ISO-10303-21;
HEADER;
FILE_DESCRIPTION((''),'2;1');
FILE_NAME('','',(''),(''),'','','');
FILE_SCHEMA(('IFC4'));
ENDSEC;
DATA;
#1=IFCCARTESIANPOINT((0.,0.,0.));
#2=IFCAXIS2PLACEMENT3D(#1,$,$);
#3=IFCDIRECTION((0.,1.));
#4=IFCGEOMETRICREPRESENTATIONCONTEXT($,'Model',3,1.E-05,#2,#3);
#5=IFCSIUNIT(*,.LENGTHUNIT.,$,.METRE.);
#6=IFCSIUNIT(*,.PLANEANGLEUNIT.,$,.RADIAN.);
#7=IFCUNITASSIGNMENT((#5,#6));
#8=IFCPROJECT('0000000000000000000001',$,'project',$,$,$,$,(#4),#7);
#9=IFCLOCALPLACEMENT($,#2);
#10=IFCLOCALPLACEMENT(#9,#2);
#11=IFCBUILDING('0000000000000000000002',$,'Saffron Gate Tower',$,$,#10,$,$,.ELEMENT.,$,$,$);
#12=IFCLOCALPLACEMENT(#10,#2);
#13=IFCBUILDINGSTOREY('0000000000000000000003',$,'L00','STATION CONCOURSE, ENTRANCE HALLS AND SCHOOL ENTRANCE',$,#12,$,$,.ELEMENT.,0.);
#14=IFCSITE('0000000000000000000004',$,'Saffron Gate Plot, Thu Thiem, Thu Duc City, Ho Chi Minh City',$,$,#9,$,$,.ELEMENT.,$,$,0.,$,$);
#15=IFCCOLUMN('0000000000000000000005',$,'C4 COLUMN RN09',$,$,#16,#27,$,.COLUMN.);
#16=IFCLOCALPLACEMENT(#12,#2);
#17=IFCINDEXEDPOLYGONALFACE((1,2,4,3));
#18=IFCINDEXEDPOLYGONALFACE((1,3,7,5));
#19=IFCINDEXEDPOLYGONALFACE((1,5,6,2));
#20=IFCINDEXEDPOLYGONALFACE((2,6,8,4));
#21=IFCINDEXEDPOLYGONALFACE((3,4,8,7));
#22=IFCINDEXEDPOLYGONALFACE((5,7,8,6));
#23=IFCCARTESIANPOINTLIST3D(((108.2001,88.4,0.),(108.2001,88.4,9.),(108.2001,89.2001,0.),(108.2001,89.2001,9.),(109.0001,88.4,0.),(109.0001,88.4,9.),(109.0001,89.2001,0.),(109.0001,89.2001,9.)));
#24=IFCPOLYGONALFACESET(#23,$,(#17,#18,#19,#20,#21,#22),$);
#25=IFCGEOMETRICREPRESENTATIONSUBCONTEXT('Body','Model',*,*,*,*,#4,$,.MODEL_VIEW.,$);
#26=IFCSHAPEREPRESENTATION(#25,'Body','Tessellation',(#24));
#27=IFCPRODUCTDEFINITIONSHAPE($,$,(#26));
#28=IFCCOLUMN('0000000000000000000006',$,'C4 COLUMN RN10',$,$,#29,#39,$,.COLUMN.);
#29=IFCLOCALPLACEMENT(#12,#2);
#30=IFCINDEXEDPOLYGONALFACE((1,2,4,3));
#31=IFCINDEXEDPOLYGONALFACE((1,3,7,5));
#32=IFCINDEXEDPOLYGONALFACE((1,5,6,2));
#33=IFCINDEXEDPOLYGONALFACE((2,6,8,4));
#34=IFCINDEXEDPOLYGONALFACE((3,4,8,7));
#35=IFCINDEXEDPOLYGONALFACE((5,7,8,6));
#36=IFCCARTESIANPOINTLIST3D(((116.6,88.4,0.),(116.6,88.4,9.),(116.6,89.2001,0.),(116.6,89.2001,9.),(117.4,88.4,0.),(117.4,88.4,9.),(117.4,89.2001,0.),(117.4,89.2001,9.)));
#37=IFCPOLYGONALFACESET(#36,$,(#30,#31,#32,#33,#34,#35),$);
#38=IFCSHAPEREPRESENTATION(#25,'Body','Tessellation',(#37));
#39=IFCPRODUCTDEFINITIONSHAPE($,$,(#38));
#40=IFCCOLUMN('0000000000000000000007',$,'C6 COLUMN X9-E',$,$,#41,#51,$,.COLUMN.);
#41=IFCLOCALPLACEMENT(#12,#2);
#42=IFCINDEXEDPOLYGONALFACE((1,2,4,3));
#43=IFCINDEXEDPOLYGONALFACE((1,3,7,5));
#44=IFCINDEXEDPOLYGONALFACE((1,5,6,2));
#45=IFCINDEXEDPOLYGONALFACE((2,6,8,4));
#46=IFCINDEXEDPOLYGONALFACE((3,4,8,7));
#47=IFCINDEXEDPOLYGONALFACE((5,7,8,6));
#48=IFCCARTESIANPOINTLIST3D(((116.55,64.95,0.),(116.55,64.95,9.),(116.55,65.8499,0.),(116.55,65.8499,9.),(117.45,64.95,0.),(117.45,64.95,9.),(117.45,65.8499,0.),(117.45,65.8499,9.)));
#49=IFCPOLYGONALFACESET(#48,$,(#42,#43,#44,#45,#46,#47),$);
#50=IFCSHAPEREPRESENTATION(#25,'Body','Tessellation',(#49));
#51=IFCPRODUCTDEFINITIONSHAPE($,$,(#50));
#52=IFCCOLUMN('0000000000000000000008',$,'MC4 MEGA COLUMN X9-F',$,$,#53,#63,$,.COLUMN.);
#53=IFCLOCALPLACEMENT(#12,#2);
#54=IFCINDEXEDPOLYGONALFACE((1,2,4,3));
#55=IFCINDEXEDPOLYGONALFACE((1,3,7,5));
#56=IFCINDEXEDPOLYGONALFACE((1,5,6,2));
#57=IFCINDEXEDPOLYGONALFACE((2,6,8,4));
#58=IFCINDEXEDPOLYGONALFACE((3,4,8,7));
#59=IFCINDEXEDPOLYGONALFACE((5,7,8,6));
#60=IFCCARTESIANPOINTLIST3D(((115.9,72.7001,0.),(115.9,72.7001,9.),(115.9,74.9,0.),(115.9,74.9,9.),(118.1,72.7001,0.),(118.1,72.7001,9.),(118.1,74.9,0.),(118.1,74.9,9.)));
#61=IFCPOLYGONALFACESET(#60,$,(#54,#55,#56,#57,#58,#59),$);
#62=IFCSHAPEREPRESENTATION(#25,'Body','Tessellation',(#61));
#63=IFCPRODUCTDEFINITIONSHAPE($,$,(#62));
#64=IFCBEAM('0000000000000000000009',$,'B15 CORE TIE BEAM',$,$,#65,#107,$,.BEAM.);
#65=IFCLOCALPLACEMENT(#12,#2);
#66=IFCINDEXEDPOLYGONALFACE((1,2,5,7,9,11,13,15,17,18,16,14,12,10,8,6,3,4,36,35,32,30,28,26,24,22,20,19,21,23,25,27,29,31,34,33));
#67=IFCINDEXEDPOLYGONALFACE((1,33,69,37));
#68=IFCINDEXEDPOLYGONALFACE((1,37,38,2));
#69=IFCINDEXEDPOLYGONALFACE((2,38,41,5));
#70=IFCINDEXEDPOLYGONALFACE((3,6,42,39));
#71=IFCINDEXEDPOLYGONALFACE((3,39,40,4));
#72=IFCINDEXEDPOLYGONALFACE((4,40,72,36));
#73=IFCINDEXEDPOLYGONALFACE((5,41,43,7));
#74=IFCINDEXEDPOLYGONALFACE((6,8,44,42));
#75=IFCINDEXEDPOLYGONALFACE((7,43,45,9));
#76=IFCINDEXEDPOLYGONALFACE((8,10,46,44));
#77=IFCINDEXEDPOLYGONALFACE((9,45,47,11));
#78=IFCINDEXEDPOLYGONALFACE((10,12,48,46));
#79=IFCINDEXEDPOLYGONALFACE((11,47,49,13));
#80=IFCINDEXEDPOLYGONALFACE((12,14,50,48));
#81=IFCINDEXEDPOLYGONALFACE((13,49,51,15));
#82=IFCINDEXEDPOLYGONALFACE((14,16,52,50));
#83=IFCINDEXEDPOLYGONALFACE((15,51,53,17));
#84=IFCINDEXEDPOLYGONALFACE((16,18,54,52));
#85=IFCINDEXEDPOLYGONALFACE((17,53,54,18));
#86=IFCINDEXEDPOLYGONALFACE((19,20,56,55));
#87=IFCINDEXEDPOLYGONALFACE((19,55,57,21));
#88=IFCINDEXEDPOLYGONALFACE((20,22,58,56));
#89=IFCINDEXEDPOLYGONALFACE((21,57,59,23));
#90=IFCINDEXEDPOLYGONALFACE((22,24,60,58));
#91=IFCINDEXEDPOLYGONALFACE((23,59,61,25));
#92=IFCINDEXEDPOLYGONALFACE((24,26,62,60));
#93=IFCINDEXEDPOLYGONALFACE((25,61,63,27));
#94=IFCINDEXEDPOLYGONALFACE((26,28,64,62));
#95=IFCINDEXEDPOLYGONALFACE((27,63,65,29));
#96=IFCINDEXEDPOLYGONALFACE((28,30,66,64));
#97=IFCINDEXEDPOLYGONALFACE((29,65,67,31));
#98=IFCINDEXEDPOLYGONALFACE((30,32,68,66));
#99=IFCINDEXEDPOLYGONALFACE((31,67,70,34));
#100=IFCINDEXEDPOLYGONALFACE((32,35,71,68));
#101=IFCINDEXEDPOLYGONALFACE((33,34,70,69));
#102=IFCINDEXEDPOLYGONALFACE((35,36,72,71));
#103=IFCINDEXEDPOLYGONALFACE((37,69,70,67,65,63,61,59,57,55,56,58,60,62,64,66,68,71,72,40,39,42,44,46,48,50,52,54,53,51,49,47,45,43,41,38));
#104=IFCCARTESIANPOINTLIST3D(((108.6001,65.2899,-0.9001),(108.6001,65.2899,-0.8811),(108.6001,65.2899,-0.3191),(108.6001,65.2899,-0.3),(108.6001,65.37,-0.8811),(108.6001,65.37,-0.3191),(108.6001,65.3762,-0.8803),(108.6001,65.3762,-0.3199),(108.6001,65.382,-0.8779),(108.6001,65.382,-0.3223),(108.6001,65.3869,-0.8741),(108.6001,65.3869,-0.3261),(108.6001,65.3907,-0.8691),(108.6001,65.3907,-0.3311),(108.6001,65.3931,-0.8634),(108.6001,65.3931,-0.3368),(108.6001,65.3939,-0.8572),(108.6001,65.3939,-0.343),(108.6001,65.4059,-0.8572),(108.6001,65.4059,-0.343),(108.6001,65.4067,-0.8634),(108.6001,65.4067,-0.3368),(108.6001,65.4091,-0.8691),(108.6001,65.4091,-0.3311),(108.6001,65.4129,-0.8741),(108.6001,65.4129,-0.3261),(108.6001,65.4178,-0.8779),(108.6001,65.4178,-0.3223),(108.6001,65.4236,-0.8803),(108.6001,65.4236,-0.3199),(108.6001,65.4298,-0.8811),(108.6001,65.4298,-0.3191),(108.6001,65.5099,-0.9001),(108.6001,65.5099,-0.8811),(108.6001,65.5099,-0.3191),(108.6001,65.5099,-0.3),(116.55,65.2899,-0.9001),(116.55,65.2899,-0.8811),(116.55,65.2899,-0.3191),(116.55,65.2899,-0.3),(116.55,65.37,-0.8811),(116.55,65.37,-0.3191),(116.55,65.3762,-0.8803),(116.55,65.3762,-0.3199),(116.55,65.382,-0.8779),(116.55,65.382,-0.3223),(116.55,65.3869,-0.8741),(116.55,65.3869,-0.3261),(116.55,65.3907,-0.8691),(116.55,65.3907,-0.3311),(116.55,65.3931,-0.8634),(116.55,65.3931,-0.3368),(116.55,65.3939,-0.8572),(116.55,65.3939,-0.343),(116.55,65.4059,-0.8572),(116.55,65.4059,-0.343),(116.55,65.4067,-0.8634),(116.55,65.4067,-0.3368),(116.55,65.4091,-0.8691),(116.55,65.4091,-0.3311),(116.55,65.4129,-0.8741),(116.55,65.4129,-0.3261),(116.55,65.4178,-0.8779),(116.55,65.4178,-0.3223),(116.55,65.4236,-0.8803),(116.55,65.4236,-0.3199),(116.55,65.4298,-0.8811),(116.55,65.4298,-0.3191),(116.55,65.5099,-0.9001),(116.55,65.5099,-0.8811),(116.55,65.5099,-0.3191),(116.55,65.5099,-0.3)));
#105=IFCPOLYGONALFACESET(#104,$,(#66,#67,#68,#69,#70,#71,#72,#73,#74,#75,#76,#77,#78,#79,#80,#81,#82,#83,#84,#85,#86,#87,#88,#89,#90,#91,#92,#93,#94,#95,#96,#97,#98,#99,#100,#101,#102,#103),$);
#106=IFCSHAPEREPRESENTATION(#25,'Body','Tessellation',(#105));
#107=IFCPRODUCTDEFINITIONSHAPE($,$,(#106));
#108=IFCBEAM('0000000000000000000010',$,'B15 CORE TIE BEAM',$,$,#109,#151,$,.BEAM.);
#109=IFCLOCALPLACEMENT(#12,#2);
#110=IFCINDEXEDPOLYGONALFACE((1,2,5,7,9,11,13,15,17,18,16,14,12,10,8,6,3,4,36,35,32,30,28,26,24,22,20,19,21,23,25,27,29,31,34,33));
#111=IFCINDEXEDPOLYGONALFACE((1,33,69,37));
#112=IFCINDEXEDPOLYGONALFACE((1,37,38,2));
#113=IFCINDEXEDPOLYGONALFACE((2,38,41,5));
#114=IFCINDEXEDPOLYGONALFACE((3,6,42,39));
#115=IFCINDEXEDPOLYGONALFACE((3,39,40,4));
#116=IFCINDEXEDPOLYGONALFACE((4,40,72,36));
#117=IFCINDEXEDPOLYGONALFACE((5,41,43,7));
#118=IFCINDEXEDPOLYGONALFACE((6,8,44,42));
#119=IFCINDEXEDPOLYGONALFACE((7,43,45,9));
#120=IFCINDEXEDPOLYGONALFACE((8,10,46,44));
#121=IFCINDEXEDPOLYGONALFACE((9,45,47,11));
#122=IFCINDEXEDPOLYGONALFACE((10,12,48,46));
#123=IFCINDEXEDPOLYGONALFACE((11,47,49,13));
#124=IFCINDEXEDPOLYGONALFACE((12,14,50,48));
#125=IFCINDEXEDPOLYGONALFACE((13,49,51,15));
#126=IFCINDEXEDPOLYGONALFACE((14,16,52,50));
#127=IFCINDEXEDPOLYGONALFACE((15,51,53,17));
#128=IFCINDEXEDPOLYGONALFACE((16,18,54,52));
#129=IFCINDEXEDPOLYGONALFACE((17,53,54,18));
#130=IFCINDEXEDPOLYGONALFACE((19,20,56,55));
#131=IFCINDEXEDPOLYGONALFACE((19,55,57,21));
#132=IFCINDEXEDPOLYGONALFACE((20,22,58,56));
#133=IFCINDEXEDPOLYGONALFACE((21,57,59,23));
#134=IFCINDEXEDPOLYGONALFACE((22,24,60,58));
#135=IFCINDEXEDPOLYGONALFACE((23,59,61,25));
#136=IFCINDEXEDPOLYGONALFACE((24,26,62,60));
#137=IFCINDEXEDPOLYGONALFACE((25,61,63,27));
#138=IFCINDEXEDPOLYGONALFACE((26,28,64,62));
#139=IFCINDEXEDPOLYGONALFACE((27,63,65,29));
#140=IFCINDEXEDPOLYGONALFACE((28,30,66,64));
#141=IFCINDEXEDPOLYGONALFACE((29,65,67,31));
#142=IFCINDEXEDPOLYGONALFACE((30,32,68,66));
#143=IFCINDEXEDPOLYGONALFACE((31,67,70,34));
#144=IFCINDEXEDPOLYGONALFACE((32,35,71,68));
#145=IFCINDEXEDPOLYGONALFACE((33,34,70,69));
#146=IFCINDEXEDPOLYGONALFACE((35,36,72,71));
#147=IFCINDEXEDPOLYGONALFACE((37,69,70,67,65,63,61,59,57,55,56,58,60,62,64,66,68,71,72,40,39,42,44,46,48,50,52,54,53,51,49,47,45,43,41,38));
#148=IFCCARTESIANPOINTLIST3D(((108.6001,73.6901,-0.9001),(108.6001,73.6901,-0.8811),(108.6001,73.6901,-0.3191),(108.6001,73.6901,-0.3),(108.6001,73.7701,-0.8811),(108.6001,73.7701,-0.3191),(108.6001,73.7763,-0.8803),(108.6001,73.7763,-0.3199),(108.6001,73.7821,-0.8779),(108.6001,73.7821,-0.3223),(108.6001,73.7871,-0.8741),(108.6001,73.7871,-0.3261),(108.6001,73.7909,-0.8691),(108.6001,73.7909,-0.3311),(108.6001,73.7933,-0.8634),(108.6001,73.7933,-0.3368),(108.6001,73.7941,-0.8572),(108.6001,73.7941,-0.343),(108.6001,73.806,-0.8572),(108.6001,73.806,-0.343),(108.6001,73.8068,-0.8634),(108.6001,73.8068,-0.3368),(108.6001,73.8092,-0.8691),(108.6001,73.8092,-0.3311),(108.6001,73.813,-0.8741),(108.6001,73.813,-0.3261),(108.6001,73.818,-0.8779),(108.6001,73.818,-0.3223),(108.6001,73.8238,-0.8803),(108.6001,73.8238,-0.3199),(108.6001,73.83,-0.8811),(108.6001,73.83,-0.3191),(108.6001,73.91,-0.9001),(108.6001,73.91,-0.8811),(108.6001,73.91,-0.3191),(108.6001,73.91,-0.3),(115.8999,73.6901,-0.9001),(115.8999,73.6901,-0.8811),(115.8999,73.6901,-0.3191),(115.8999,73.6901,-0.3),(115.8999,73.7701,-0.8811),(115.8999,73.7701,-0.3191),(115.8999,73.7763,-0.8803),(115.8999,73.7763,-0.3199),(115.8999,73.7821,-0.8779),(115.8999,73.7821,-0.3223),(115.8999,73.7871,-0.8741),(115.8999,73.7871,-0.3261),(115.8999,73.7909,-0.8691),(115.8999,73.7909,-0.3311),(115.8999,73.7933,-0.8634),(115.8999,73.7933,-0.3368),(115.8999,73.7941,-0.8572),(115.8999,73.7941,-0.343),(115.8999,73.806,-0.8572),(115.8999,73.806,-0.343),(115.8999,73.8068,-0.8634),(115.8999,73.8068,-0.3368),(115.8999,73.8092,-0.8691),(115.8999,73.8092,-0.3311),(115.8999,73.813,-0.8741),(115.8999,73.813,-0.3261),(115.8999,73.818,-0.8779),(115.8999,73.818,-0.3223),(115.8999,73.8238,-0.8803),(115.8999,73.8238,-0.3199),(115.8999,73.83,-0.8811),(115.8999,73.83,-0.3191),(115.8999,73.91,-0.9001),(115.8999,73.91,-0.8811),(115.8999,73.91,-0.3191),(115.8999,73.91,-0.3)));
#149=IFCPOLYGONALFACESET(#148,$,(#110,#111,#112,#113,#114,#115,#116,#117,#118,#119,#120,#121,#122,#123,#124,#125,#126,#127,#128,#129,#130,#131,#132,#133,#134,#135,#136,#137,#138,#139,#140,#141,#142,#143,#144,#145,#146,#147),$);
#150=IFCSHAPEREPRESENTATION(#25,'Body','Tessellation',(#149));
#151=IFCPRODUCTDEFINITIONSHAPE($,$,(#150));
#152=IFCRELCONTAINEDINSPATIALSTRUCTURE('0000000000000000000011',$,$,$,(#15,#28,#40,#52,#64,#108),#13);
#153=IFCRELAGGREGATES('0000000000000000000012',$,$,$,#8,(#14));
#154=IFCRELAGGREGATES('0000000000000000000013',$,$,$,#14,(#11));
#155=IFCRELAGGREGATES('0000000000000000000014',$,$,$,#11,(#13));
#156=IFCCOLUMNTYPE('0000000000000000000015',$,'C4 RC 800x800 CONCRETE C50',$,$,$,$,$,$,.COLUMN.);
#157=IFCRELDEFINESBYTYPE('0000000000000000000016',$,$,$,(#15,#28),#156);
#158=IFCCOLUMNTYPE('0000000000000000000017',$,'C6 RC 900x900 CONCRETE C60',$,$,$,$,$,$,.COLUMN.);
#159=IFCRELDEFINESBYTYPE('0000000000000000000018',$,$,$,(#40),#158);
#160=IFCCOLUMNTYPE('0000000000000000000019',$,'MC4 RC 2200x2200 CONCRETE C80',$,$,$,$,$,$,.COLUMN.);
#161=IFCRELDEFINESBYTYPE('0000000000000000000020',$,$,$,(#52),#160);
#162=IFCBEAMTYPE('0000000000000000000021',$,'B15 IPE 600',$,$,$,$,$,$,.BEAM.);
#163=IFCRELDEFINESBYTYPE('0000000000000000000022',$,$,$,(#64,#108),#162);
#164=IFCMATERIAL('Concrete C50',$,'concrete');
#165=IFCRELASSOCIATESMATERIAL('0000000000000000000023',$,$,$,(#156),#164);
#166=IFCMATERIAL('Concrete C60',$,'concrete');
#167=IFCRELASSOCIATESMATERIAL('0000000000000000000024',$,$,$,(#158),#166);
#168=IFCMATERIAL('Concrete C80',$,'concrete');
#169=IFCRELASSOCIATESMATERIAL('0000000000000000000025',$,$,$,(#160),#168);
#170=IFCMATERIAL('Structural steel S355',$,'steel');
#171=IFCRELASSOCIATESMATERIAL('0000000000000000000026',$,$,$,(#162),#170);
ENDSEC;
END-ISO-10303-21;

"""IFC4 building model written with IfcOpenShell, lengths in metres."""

from ifc_helpers import new_model, si_unit, direction, frame, origin, origin_2d, place, context, subcontext, project, spatial, rectangle, i_section, extrude, material, material_profile, profile_set, type_object, element, save


model = new_model("IFC4")

# Units and contexts
model_context = context("Model", 3, precision=1e-05, world=origin(), true_north=direction((0.0, 1.0)))
body_context = subcontext(model_context, "Body", "Model", "MODEL_VIEW")
ifc_project = project(units=[si_unit("LENGTHUNIT", "METRE"), si_unit("PLANEANGLEUNIT", "RADIAN")], contexts=[model_context])

# Site, building, storey
site_placement = place(None, origin())
site = spatial("IfcSite", under=ifc_project, at=site_placement, Name="Saffron Gate Plot, Thu Thiem, Thu Duc City, Ho Chi Minh City", CompositionType="ELEMENT", RefElevation=0.0)
building_placement = place(site_placement, origin())
building = spatial("IfcBuilding", under=site, at=building_placement, Name="Saffron Gate Tower", CompositionType="ELEMENT")
storey_placement = place(building_placement, origin())
storey = spatial("IfcBuildingStorey", under=building, at=storey_placement, Name="L00", Description="STATION CONCOURSE, ENTRANCE HALLS AND SCHOOL ENTRANCE", CompositionType="ELEMENT", Elevation=0.0)

# Columns
ifc_material_1 = material(Name="Concrete C50", Category="concrete")
ifc_material_profile_1 = material_profile(ifc_material_1, rectangle(XDim=0.8, YDim=0.8, at=origin_2d()))
ifc_profile_set_1 = profile_set([ifc_material_profile_1], Name="Concrete C50")
column_type_1 = type_object("IfcColumnType", Name="C4 RC 800x800 CONCRETE C50", PredefinedType="COLUMN", material=ifc_profile_set_1)
for number, where, z_axis, x_axis, name in (
    (1, (108.6001, 88.8, 0.0), (0.0, 0.0, 1.0), (1.0, 0.0, 0.0), "C4 COLUMN RN09"),
    (2, (117.0, 88.8, 0.0), (0.0, 0.0, 1.0), (1.0, 0.0, 0.0), "C4 COLUMN RN10"),
):
    element("IfcColumn", number, at=place(storey_placement, frame(where, z_axis=z_axis, x_axis=x_axis)), inside=storey, type_object=column_type_1, Name=name, PredefinedType="COLUMN", context=body_context, shape_type="SweptSolid", body=[
        extrude(rectangle(XDim=0.8, YDim=0.8, at=origin_2d()), origin(), (0.0, 0.0, 1.0), 9.0),
    ])
ifc_material_2 = material(Name="Concrete C60", Category="concrete")
ifc_material_profile_2 = material_profile(ifc_material_2, rectangle(XDim=0.8999, YDim=0.8999, at=origin_2d()))
ifc_profile_set_2 = profile_set([ifc_material_profile_2], Name="Concrete C60")
column_type_2 = type_object("IfcColumnType", Name="C6 RC 900x900 CONCRETE C60", PredefinedType="COLUMN", material=ifc_profile_set_2)
column_1_placement = place(storey_placement, frame((117.0, 65.3999, 0.0), z_axis=(0.0, 0.0, 1.0), x_axis=(1.0, 0.0, 0.0)))
element("IfcColumn", 3, at=column_1_placement, inside=storey, type_object=column_type_2, Name="C6 COLUMN X9-E", PredefinedType="COLUMN", context=body_context, shape_type="SweptSolid", body=[
    extrude(rectangle(XDim=0.8999, YDim=0.8999, at=origin_2d()), origin(), (0.0, 0.0, 1.0), 9.0),
])
ifc_material_3 = material(Name="Concrete C80", Category="concrete")
ifc_material_profile_3 = material_profile(ifc_material_3, rectangle(XDim=2.2, YDim=2.2, at=origin_2d()))
ifc_profile_set_3 = profile_set([ifc_material_profile_3], Name="Concrete C80")
column_type_3 = type_object("IfcColumnType", Name="MC4 RC 2200x2200 CONCRETE C80", PredefinedType="COLUMN", material=ifc_profile_set_3)
column_2_placement = place(storey_placement, frame((117.0, 73.8, 0.0), z_axis=(0.0, 0.0, 1.0), x_axis=(1.0, 0.0, 0.0)))
element("IfcColumn", 4, at=column_2_placement, inside=storey, type_object=column_type_3, Name="MC4 MEGA COLUMN X9-F", PredefinedType="COLUMN", context=body_context, shape_type="SweptSolid", body=[
    extrude(rectangle(XDim=2.2, YDim=2.2, at=origin_2d()), origin(), (0.0, 0.0, 1.0), 9.0),
])

# Beams
ifc_material_4 = material(Name="Structural steel S355", Category="steel")
ifc_material_profile_4 = material_profile(ifc_material_4, i_section(OverallWidth=0.22, OverallDepth=0.6001, WebThickness=0.012, FlangeThickness=0.019, FilletRadius=0.0239, at=origin_2d()))
ifc_profile_set_4 = profile_set([ifc_material_profile_4], Name="Structural steel S355")
beam_type_1 = type_object("IfcBeamType", Name="B15 IPE 600", PredefinedType="BEAM", material=ifc_profile_set_4)
beam_1_placement = place(storey_placement, frame((116.55, 65.3999, -0.6001), z_axis=(-1.0, 0.0, 0.0), x_axis=(0.0, -1.0, 0.0)))
element("IfcBeam", 5, at=beam_1_placement, inside=storey, type_object=beam_type_1, Name="B15 CORE TIE BEAM", PredefinedType="BEAM", context=body_context, shape_type="SweptSolid", body=[
    extrude(i_section(OverallWidth=0.22, OverallDepth=0.6001, WebThickness=0.012, FlangeThickness=0.019, FilletRadius=0.0239, at=origin_2d()), origin(), (0.0, 0.0, 1.0), 7.95),
])
beam_2_placement = place(storey_placement, frame((115.8999, 73.8, -0.6001), z_axis=(-1.0, 0.0, 0.0), x_axis=(0.0, -1.0, 0.0)))
element("IfcBeam", 6, at=beam_2_placement, inside=storey, type_object=beam_type_1, Name="B15 CORE TIE BEAM", PredefinedType="BEAM", context=body_context, shape_type="SweptSolid", body=[
    extrude(i_section(OverallWidth=0.22, OverallDepth=0.6001, WebThickness=0.012, FlangeThickness=0.019, FilletRadius=0.0239, at=origin_2d()), origin(), (0.0, 0.0, 1.0), 7.2998),
])

save(model, "model.ifc")
